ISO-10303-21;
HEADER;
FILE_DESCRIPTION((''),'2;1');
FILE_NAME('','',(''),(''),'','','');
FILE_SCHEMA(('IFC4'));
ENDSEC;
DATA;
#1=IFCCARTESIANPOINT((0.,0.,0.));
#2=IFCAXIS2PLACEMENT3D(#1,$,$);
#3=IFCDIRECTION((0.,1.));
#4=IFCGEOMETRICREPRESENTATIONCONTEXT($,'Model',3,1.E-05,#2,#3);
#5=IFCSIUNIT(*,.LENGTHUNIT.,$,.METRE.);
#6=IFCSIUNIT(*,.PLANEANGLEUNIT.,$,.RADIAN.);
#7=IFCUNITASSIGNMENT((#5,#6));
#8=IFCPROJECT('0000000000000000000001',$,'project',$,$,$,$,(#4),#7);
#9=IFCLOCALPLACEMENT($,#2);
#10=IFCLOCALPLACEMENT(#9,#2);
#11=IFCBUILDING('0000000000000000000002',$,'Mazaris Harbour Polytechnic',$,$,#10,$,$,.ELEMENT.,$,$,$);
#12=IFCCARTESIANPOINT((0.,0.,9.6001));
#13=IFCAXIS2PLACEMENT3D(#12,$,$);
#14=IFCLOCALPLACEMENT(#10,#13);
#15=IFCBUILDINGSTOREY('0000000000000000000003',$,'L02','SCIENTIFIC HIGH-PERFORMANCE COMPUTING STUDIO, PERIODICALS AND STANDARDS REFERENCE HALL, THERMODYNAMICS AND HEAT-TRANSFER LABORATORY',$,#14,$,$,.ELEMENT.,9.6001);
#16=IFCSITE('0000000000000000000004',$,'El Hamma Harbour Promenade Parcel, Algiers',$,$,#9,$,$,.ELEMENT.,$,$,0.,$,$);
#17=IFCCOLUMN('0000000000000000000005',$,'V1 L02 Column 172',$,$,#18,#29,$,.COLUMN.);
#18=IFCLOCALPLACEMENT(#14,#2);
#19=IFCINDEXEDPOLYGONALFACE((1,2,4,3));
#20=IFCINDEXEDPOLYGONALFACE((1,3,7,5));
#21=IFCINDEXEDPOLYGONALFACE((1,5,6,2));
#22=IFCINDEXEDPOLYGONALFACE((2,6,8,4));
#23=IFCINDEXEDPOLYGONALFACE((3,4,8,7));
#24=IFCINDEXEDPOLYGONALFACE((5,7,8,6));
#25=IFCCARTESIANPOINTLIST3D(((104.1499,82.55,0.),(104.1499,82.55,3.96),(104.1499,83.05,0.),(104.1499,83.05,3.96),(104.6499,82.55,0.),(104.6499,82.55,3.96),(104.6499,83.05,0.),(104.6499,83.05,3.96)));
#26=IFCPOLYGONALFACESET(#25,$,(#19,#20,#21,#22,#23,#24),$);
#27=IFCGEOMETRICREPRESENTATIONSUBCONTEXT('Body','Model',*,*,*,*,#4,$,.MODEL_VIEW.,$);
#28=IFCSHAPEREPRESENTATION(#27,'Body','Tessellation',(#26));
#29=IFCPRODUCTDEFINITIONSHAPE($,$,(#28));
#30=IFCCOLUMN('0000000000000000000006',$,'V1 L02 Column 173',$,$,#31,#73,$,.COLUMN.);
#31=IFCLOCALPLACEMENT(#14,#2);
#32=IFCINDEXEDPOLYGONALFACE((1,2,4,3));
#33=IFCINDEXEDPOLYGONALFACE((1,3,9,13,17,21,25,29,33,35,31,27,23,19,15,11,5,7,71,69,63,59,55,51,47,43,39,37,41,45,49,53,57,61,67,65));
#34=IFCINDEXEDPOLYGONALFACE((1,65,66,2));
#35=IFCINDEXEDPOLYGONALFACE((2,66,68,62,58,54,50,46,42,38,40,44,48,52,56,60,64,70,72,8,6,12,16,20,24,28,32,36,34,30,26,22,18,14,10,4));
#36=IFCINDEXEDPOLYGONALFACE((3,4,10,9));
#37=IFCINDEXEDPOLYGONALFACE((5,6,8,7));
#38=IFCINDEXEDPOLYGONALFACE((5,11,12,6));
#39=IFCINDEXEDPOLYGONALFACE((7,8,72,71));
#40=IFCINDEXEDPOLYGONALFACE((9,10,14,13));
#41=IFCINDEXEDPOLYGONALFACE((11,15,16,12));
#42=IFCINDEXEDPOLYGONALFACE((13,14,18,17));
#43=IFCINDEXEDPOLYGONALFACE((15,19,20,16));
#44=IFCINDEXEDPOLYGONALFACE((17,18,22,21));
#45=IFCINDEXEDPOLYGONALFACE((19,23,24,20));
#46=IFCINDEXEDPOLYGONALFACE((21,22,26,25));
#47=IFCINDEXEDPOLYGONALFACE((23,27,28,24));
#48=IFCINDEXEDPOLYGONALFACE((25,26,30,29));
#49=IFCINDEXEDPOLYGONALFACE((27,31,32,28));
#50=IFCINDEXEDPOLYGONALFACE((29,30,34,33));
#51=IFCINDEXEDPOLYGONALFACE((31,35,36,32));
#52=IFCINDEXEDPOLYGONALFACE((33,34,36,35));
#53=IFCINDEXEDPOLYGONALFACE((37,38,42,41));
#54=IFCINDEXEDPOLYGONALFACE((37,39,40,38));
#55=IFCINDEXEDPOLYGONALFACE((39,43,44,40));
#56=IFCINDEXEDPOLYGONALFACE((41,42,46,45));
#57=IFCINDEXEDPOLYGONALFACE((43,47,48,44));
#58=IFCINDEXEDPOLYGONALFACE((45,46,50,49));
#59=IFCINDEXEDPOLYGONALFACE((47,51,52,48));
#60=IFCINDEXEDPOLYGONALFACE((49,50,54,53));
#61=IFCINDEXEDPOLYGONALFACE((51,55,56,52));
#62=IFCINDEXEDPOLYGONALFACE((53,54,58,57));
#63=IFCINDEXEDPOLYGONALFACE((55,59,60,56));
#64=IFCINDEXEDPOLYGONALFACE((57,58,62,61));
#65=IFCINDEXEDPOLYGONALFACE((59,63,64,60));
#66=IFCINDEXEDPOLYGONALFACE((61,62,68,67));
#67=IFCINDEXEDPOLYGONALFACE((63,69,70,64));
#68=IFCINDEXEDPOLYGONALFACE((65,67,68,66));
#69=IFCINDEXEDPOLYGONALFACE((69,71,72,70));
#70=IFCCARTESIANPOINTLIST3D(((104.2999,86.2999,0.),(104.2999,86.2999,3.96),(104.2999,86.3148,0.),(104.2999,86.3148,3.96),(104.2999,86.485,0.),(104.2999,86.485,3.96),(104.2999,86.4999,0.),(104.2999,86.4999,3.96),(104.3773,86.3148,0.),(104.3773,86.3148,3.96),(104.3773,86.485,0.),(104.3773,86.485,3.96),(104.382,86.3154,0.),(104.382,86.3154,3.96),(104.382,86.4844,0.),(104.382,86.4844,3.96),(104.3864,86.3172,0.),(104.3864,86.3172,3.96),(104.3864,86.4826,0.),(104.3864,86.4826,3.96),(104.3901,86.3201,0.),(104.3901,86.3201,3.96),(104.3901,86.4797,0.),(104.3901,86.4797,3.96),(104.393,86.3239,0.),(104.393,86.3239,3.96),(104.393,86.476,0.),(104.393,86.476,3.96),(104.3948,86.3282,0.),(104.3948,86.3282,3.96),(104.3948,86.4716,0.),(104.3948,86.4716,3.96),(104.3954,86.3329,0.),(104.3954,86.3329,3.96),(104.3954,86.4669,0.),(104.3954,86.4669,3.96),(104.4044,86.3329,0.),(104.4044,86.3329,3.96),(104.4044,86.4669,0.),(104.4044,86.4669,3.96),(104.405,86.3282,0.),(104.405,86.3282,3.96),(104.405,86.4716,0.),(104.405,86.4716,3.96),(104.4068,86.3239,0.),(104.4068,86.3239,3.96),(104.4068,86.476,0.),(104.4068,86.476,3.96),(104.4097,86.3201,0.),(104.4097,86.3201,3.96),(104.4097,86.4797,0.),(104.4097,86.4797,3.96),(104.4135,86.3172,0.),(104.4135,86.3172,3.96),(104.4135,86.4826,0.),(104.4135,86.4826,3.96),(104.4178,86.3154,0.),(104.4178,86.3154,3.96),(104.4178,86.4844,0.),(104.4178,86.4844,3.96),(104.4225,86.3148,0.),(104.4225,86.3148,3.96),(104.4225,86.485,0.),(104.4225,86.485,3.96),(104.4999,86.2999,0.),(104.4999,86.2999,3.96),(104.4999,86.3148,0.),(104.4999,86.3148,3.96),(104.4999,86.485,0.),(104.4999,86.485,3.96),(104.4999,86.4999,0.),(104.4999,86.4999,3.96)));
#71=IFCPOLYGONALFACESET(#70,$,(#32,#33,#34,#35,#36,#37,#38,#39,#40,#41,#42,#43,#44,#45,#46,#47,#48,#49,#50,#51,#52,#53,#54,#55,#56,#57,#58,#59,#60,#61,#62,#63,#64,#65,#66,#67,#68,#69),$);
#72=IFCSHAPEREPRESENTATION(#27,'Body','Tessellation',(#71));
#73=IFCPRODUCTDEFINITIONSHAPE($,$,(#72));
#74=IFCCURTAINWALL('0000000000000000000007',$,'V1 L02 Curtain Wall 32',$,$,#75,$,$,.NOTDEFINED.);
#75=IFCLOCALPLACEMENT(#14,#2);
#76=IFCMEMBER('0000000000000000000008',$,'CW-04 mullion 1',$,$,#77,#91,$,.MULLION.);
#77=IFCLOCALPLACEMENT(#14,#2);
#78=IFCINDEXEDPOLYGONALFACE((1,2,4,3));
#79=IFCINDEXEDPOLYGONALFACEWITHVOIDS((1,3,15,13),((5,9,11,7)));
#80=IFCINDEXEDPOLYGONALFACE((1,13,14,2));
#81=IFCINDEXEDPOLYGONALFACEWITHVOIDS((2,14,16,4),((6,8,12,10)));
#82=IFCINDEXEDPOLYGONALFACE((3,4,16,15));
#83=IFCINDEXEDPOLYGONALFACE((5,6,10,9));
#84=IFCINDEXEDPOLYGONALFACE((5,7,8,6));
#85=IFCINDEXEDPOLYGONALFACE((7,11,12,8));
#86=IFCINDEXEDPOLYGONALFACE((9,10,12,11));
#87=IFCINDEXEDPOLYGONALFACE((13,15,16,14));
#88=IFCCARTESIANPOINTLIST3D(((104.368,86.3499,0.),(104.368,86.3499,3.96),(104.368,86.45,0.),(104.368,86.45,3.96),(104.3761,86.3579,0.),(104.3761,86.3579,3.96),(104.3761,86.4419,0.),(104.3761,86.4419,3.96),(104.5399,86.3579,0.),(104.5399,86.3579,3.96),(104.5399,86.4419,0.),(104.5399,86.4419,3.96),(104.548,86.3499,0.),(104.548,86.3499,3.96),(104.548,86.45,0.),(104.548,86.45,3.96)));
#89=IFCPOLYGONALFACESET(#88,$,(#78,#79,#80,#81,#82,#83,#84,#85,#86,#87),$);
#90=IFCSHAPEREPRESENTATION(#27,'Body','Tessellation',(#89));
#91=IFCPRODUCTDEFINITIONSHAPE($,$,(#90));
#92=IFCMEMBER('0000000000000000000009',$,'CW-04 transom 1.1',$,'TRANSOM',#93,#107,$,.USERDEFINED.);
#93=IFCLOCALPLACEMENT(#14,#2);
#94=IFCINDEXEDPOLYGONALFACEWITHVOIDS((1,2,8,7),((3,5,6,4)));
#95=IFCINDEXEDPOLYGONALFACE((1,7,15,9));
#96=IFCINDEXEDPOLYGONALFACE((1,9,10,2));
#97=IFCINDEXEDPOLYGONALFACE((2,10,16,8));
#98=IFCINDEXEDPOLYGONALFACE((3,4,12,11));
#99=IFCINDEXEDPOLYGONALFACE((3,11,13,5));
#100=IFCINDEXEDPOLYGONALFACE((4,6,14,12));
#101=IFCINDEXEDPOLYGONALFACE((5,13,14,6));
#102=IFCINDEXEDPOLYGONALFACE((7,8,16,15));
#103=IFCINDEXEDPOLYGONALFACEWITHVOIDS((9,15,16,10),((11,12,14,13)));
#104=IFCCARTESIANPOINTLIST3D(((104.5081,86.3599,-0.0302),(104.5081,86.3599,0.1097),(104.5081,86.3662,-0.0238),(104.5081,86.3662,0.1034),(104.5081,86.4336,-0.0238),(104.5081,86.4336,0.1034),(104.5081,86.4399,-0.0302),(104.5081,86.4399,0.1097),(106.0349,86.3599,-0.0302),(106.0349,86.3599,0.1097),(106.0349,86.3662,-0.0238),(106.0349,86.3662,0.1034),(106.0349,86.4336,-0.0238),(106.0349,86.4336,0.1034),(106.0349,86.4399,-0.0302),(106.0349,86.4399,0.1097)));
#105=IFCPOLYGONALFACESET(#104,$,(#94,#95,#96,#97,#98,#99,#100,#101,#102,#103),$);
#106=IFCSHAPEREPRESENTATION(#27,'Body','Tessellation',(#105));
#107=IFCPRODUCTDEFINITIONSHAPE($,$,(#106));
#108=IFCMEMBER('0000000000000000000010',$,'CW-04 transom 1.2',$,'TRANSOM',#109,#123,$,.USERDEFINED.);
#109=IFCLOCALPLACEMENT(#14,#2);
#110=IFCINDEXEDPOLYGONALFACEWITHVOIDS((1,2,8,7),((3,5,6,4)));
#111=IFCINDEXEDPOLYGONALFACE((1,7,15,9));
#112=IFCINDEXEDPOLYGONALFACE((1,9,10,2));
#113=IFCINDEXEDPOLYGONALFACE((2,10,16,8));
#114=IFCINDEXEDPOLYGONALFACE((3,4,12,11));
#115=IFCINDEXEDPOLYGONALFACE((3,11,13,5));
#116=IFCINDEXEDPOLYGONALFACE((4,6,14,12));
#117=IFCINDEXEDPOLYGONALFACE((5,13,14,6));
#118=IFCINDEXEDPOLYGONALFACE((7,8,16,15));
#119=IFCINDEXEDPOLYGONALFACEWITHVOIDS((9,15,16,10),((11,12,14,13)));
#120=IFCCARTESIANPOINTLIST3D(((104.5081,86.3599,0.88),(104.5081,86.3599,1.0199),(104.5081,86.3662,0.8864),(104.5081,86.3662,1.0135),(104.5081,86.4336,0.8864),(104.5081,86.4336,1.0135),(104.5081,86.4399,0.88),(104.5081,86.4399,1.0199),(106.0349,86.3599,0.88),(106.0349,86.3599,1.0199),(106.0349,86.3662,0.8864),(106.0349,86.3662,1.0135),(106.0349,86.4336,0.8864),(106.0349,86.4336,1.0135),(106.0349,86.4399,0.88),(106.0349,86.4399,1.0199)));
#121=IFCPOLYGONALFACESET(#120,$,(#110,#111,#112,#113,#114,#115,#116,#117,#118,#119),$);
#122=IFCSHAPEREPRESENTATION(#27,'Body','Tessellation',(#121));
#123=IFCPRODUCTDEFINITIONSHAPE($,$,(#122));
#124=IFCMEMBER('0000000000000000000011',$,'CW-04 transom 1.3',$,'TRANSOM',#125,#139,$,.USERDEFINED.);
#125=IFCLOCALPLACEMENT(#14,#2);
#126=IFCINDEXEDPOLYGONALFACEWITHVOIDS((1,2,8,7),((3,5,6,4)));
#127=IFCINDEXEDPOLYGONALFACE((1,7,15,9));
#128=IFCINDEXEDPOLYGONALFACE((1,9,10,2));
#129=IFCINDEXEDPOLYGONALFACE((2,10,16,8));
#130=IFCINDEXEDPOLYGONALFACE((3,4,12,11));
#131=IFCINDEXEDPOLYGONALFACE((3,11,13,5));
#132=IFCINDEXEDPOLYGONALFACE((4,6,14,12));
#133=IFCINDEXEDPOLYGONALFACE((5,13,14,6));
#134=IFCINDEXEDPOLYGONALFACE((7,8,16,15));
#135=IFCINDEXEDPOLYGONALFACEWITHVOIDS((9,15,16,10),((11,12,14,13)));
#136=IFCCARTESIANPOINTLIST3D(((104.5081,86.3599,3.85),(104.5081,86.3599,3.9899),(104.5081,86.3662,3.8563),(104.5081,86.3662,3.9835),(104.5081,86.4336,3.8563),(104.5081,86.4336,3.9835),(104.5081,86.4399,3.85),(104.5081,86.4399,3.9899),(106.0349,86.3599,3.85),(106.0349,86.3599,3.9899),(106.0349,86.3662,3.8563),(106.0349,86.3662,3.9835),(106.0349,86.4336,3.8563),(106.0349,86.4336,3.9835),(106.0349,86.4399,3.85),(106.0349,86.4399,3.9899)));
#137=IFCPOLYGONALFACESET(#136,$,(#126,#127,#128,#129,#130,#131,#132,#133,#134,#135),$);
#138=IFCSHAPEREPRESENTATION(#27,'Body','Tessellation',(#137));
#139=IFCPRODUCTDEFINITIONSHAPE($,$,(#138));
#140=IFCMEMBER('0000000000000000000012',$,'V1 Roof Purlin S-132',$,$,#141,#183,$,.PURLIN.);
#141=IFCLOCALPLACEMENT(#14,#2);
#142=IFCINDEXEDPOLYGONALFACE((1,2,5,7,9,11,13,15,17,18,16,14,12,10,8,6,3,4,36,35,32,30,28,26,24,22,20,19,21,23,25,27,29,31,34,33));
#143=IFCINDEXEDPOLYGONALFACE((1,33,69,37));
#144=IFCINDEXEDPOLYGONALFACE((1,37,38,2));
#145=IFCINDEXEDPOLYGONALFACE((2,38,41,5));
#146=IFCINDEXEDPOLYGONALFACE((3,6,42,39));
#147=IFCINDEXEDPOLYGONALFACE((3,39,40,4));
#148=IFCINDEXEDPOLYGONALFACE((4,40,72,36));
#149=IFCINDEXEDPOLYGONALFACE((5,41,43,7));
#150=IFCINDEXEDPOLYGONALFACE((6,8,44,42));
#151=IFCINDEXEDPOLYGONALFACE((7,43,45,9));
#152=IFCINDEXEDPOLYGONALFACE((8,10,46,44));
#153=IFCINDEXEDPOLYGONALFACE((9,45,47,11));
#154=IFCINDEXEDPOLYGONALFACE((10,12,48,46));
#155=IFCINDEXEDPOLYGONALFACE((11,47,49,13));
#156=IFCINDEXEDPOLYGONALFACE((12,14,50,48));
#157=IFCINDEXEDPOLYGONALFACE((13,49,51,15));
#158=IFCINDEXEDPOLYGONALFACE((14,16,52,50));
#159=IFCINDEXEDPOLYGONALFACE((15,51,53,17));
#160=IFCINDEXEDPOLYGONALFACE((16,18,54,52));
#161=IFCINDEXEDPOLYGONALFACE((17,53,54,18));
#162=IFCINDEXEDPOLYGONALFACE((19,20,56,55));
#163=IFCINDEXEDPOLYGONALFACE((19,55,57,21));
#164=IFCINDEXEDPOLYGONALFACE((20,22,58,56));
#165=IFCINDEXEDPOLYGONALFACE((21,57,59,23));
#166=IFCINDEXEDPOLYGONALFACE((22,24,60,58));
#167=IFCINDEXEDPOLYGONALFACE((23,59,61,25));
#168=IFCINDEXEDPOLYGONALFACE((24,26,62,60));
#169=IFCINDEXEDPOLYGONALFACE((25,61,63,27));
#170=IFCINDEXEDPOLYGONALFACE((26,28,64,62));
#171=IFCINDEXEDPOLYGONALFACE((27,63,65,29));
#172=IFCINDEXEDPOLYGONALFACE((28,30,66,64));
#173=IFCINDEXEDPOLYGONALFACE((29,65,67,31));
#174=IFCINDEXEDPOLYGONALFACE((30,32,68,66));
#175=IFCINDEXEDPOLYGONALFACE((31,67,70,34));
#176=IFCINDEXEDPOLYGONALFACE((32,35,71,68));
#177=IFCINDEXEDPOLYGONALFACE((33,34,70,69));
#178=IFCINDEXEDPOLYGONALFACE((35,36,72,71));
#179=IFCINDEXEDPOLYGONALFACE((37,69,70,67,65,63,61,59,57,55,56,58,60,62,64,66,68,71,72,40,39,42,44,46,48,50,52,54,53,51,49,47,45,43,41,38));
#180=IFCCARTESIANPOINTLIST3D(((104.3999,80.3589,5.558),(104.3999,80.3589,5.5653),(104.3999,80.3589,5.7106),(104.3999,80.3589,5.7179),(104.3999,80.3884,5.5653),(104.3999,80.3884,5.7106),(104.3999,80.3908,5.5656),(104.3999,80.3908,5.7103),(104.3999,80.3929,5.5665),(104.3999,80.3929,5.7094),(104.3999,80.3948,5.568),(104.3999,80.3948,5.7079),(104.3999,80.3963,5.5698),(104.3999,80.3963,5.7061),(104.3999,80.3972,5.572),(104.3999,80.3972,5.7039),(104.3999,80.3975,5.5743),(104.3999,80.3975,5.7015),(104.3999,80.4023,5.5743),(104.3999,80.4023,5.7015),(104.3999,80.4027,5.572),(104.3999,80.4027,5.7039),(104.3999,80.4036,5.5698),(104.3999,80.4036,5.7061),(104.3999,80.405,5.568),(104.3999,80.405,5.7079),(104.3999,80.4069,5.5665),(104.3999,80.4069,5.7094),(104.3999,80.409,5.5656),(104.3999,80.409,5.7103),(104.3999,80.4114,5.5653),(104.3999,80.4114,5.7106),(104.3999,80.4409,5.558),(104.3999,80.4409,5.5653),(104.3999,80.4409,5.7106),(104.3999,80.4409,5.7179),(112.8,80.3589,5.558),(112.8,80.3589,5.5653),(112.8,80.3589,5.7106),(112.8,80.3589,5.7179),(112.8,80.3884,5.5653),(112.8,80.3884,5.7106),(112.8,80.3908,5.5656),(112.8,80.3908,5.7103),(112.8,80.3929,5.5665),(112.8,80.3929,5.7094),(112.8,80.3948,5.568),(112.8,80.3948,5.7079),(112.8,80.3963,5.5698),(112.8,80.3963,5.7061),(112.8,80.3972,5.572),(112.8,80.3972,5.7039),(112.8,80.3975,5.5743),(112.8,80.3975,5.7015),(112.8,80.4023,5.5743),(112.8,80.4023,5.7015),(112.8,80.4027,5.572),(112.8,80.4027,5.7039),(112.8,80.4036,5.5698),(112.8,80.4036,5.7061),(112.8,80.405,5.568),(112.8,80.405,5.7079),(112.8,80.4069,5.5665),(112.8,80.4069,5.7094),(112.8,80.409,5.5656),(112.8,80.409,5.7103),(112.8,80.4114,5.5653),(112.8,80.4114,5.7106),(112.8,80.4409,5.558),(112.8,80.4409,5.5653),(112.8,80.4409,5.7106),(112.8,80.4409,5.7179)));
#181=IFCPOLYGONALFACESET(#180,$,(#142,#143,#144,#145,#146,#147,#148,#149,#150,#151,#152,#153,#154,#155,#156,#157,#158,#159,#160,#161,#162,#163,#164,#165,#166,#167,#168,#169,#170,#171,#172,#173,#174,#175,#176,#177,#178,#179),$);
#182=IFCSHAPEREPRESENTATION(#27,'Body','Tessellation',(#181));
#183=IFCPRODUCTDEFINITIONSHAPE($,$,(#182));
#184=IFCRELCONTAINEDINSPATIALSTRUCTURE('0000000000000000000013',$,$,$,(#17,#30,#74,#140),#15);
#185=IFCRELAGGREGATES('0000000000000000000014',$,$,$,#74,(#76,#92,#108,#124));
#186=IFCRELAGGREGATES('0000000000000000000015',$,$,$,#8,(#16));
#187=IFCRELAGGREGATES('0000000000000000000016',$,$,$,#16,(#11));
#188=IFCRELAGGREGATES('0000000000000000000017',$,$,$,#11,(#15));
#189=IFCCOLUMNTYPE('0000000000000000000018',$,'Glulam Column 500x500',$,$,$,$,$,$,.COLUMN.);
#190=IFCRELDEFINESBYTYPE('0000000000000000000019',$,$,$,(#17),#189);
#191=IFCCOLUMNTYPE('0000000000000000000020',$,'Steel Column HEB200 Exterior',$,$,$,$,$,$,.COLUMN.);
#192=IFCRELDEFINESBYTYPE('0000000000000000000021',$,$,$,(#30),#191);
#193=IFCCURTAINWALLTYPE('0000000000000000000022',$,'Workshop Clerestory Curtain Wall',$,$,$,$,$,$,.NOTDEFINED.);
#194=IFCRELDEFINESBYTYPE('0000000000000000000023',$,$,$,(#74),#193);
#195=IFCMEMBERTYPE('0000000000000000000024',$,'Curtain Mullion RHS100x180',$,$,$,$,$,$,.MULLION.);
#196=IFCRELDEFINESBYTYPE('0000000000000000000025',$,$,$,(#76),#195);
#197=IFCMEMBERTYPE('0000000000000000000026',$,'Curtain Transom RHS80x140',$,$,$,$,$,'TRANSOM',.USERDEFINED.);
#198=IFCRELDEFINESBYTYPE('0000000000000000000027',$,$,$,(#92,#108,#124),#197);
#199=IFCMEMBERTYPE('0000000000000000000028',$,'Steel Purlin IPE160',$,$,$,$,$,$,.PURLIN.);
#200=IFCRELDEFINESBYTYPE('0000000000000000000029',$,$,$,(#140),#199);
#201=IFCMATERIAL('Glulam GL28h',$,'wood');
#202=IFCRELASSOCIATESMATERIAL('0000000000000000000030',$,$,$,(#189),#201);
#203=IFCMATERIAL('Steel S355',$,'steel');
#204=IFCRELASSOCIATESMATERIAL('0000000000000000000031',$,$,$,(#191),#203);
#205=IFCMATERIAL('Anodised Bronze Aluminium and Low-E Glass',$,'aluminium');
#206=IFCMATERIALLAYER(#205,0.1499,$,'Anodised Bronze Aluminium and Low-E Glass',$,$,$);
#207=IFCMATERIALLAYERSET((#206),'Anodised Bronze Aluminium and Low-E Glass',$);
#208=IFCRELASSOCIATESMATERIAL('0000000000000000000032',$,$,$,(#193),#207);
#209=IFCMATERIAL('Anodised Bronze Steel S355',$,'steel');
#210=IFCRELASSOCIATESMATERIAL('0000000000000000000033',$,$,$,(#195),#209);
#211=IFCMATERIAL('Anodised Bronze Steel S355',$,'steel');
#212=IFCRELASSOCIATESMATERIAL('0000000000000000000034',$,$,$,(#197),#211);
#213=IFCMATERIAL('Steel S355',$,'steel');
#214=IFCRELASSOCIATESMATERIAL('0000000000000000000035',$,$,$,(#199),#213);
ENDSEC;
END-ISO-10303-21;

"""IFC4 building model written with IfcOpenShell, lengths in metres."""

from ifc_helpers import new_model, si_unit, direction, frame, origin, origin_2d, place, context, subcontext, project, spatial, rectangle, hollow_rectangle, i_section, extrude, material, layer, layer_set, material_profile, profile_set, type_object, element, aggregate, save


model = new_model("IFC4")

# Units and contexts
model_context = context("Model", 3, precision=1e-05, world=origin(), true_north=direction((0.0, 1.0)))
body_context = subcontext(model_context, "Body", "Model", "MODEL_VIEW")
ifc_project = project(units=[si_unit("LENGTHUNIT", "METRE"), si_unit("PLANEANGLEUNIT", "RADIAN")], contexts=[model_context])

# Site, building, storey
site_placement = place(None, origin())
site = spatial("IfcSite", under=ifc_project, at=site_placement, Name="El Hamma Harbour Promenade Parcel, Algiers", CompositionType="ELEMENT", RefElevation=0.0)
building_placement = place(site_placement, origin())
building = spatial("IfcBuilding", under=site, at=building_placement, Name="Mazaris Harbour Polytechnic", CompositionType="ELEMENT")
storey_placement = place(building_placement, frame((0.0, 0.0, 9.6001)))
storey = spatial("IfcBuildingStorey", under=building, at=storey_placement, Name="L02", Description="SCIENTIFIC HIGH-PERFORMANCE COMPUTING STUDIO, PERIODICALS AND STANDARDS REFERENCE HALL, THERMODYNAMICS AND HEAT-TRANSFER LABORATORY", CompositionType="ELEMENT", Elevation=9.6001)

# Columns
ifc_material_1 = material(Name="Glulam GL28h", Category="wood")
ifc_material_profile_1 = material_profile(ifc_material_1, rectangle(XDim=0.5, YDim=0.5, at=origin_2d()), Name="RECT500x500")
ifc_profile_set_1 = profile_set([ifc_material_profile_1], Name="Glulam GL28h")
column_type_1 = type_object("IfcColumnType", Name="Glulam Column 500x500", PredefinedType="COLUMN", material=ifc_profile_set_1)
column_1_placement = place(storey_placement, frame((104.3999, 82.8, 0.0), z_axis=(0.0, 0.0, 1.0), x_axis=(1.0, 0.0, 0.0)))
element("IfcColumn", 1, at=column_1_placement, inside=storey, type_object=column_type_1, Name="V1 L02 Column 172", PredefinedType="COLUMN", context=body_context, shape_type="SweptSolid", body=[
    extrude(rectangle(XDim=0.5, YDim=0.5, at=origin_2d()), origin(), (0.0, 0.0, 1.0), 3.96),
])
ifc_material_2 = material(Name="Steel S355", Category="steel")
ifc_material_profile_2 = material_profile(ifc_material_2, i_section(OverallWidth=0.2, OverallDepth=0.2, WebThickness=0.009, FlangeThickness=0.0149, FilletRadius=0.0181, at=origin_2d()), Name="HEB 200")
ifc_profile_set_2 = profile_set([ifc_material_profile_2], Name="Steel S355")
column_type_2 = type_object("IfcColumnType", Name="Steel Column HEB200 Exterior", PredefinedType="COLUMN", material=ifc_profile_set_2)
column_2_placement = place(storey_placement, frame((104.3999, 86.3999, 0.0), z_axis=(0.0, 0.0, 1.0), x_axis=(1.0, 0.0, 0.0)))
element("IfcColumn", 2, at=column_2_placement, inside=storey, type_object=column_type_2, Name="V1 L02 Column 173", PredefinedType="COLUMN", context=body_context, shape_type="SweptSolid", body=[
    extrude(i_section(OverallWidth=0.2, OverallDepth=0.2, WebThickness=0.009, FlangeThickness=0.0149, FilletRadius=0.0181, at=origin_2d()), origin(), (0.0, 0.0, 1.0), 3.96),
])

# Curtain wall, members
ifc_material_3 = material(Name="Anodised Bronze Aluminium and Low-E Glass", Category="aluminium")
ifc_layer_1 = layer(ifc_material_3, 0.1499, Name="Anodised Bronze Aluminium and Low-E Glass")
ifc_layer_set_1 = layer_set([ifc_layer_1], Name="Anodised Bronze Aluminium and Low-E Glass")
curtain_wall_type = type_object("IfcCurtainWallType", Name="Workshop Clerestory Curtain Wall", PredefinedType="NOTDEFINED", material=ifc_layer_set_1)
curtain_wall_placement = place(storey_placement, origin())
curtain_wall = element("IfcCurtainWall", 3, at=curtain_wall_placement, inside=storey, type_object=curtain_wall_type, Name="V1 L02 Curtain Wall 32", PredefinedType="NOTDEFINED")
ifc_material_4 = material(Name="Anodised Bronze Steel S355", Category="steel")
ifc_material_profile_3 = material_profile(ifc_material_4, hollow_rectangle(XDim=0.1001, YDim=0.1799, WallThickness=0.0081, at=origin_2d()), Name="RHS 100x180x8.0")
ifc_profile_set_3 = profile_set([ifc_material_profile_3], Name="Anodised Bronze Steel S355")
member_type_1 = type_object("IfcMemberType", Name="Curtain Mullion RHS100x180", PredefinedType="MULLION", material=ifc_profile_set_3)
member_1_placement = place(storey_placement, frame((104.458, 86.3999, 0.0), z_axis=(0.0, 0.0, 1.0), x_axis=(0.0, 1.0, 0.0)))
member_1 = element("IfcMember", 4, at=member_1_placement, type_object=member_type_1, Name="CW-04 mullion 1", PredefinedType="MULLION", context=body_context, shape_type="SweptSolid", body=[
    extrude(hollow_rectangle(XDim=0.1001, YDim=0.1799, WallThickness=0.0081, at=origin_2d()), origin(), (0.0, 0.0, 1.0), 3.96),
])
ifc_material_5 = material(Name="Anodised Bronze Steel S355", Category="steel")
ifc_material_profile_4 = material_profile(ifc_material_5, hollow_rectangle(XDim=0.0801, YDim=0.1399, WallThickness=0.0063, at=origin_2d()), Name="RHS 80x140x6.3")
ifc_profile_set_4 = profile_set([ifc_material_profile_4], Name="Anodised Bronze Steel S355")
member_type_2 = type_object("IfcMemberType", Name="Curtain Transom RHS80x140", ElementType="TRANSOM", PredefinedType="USERDEFINED", material=ifc_profile_set_4)
member_2_placement = place(storey_placement, frame((104.5081, 86.3999, 0.0398), z_axis=(1.0, 0.0, 0.0), x_axis=(0.0, 1.0, 0.0)))
member_2 = element("IfcMember", 5, at=member_2_placement, type_object=member_type_2, Name="CW-04 transom 1.1", ObjectType="TRANSOM", PredefinedType="USERDEFINED", context=body_context, shape_type="SweptSolid", body=[
    extrude(hollow_rectangle(XDim=0.0801, YDim=0.1399, WallThickness=0.0063, at=origin_2d()), origin(), (0.0, 0.0, 1.0), 1.5269),
])
member_3_placement = place(storey_placement, frame((104.5081, 86.3999, 0.95), z_axis=(1.0, 0.0, 0.0), x_axis=(0.0, 1.0, 0.0)))
member_3 = element("IfcMember", 6, at=member_3_placement, type_object=member_type_2, Name="CW-04 transom 1.2", ObjectType="TRANSOM", PredefinedType="USERDEFINED", context=body_context, shape_type="SweptSolid", body=[
    extrude(hollow_rectangle(XDim=0.0801, YDim=0.1399, WallThickness=0.0063, at=origin_2d()), origin(), (0.0, 0.0, 1.0), 1.5269),
])
member_4_placement = place(storey_placement, frame((104.5081, 86.3999, 3.9199), z_axis=(1.0, 0.0, 0.0), x_axis=(0.0, 1.0, 0.0)))
member_4 = element("IfcMember", 7, at=member_4_placement, type_object=member_type_2, Name="CW-04 transom 1.3", ObjectType="TRANSOM", PredefinedType="USERDEFINED", context=body_context, shape_type="SweptSolid", body=[
    extrude(hollow_rectangle(XDim=0.0801, YDim=0.1399, WallThickness=0.0063, at=origin_2d()), origin(), (0.0, 0.0, 1.0), 1.5269),
])

# Member
ifc_material_6 = material(Name="Steel S355", Category="steel")
ifc_material_profile_5 = material_profile(ifc_material_6, i_section(OverallWidth=0.082, OverallDepth=0.1599, WebThickness=0.0049, FlangeThickness=0.0073, FilletRadius=0.009, at=origin_2d()), Name="IPE 160")
ifc_profile_set_5 = profile_set([ifc_material_profile_5], Name="Steel S355")
member_type_3 = type_object("IfcMemberType", Name="Steel Purlin IPE160", PredefinedType="PURLIN", material=ifc_profile_set_5)
member_5_placement = place(storey_placement, frame((104.3999, 80.3999, 5.6379), z_axis=(1.0, 0.0, 0.0), x_axis=(0.0, 1.0, 0.0)))
element("IfcMember", 8, at=member_5_placement, inside=storey, type_object=member_type_3, Name="V1 Roof Purlin S-132", PredefinedType="PURLIN", context=body_context, shape_type="SweptSolid", body=[
    extrude(i_section(OverallWidth=0.082, OverallDepth=0.1599, WebThickness=0.0049, FlangeThickness=0.0073, FilletRadius=0.009, at=origin_2d()), origin(), (0.0, 0.0, 1.0), 8.4001),
])

aggregate(curtain_wall, [member_1, member_2, member_3, member_4])

save(model, "model.ifc")
